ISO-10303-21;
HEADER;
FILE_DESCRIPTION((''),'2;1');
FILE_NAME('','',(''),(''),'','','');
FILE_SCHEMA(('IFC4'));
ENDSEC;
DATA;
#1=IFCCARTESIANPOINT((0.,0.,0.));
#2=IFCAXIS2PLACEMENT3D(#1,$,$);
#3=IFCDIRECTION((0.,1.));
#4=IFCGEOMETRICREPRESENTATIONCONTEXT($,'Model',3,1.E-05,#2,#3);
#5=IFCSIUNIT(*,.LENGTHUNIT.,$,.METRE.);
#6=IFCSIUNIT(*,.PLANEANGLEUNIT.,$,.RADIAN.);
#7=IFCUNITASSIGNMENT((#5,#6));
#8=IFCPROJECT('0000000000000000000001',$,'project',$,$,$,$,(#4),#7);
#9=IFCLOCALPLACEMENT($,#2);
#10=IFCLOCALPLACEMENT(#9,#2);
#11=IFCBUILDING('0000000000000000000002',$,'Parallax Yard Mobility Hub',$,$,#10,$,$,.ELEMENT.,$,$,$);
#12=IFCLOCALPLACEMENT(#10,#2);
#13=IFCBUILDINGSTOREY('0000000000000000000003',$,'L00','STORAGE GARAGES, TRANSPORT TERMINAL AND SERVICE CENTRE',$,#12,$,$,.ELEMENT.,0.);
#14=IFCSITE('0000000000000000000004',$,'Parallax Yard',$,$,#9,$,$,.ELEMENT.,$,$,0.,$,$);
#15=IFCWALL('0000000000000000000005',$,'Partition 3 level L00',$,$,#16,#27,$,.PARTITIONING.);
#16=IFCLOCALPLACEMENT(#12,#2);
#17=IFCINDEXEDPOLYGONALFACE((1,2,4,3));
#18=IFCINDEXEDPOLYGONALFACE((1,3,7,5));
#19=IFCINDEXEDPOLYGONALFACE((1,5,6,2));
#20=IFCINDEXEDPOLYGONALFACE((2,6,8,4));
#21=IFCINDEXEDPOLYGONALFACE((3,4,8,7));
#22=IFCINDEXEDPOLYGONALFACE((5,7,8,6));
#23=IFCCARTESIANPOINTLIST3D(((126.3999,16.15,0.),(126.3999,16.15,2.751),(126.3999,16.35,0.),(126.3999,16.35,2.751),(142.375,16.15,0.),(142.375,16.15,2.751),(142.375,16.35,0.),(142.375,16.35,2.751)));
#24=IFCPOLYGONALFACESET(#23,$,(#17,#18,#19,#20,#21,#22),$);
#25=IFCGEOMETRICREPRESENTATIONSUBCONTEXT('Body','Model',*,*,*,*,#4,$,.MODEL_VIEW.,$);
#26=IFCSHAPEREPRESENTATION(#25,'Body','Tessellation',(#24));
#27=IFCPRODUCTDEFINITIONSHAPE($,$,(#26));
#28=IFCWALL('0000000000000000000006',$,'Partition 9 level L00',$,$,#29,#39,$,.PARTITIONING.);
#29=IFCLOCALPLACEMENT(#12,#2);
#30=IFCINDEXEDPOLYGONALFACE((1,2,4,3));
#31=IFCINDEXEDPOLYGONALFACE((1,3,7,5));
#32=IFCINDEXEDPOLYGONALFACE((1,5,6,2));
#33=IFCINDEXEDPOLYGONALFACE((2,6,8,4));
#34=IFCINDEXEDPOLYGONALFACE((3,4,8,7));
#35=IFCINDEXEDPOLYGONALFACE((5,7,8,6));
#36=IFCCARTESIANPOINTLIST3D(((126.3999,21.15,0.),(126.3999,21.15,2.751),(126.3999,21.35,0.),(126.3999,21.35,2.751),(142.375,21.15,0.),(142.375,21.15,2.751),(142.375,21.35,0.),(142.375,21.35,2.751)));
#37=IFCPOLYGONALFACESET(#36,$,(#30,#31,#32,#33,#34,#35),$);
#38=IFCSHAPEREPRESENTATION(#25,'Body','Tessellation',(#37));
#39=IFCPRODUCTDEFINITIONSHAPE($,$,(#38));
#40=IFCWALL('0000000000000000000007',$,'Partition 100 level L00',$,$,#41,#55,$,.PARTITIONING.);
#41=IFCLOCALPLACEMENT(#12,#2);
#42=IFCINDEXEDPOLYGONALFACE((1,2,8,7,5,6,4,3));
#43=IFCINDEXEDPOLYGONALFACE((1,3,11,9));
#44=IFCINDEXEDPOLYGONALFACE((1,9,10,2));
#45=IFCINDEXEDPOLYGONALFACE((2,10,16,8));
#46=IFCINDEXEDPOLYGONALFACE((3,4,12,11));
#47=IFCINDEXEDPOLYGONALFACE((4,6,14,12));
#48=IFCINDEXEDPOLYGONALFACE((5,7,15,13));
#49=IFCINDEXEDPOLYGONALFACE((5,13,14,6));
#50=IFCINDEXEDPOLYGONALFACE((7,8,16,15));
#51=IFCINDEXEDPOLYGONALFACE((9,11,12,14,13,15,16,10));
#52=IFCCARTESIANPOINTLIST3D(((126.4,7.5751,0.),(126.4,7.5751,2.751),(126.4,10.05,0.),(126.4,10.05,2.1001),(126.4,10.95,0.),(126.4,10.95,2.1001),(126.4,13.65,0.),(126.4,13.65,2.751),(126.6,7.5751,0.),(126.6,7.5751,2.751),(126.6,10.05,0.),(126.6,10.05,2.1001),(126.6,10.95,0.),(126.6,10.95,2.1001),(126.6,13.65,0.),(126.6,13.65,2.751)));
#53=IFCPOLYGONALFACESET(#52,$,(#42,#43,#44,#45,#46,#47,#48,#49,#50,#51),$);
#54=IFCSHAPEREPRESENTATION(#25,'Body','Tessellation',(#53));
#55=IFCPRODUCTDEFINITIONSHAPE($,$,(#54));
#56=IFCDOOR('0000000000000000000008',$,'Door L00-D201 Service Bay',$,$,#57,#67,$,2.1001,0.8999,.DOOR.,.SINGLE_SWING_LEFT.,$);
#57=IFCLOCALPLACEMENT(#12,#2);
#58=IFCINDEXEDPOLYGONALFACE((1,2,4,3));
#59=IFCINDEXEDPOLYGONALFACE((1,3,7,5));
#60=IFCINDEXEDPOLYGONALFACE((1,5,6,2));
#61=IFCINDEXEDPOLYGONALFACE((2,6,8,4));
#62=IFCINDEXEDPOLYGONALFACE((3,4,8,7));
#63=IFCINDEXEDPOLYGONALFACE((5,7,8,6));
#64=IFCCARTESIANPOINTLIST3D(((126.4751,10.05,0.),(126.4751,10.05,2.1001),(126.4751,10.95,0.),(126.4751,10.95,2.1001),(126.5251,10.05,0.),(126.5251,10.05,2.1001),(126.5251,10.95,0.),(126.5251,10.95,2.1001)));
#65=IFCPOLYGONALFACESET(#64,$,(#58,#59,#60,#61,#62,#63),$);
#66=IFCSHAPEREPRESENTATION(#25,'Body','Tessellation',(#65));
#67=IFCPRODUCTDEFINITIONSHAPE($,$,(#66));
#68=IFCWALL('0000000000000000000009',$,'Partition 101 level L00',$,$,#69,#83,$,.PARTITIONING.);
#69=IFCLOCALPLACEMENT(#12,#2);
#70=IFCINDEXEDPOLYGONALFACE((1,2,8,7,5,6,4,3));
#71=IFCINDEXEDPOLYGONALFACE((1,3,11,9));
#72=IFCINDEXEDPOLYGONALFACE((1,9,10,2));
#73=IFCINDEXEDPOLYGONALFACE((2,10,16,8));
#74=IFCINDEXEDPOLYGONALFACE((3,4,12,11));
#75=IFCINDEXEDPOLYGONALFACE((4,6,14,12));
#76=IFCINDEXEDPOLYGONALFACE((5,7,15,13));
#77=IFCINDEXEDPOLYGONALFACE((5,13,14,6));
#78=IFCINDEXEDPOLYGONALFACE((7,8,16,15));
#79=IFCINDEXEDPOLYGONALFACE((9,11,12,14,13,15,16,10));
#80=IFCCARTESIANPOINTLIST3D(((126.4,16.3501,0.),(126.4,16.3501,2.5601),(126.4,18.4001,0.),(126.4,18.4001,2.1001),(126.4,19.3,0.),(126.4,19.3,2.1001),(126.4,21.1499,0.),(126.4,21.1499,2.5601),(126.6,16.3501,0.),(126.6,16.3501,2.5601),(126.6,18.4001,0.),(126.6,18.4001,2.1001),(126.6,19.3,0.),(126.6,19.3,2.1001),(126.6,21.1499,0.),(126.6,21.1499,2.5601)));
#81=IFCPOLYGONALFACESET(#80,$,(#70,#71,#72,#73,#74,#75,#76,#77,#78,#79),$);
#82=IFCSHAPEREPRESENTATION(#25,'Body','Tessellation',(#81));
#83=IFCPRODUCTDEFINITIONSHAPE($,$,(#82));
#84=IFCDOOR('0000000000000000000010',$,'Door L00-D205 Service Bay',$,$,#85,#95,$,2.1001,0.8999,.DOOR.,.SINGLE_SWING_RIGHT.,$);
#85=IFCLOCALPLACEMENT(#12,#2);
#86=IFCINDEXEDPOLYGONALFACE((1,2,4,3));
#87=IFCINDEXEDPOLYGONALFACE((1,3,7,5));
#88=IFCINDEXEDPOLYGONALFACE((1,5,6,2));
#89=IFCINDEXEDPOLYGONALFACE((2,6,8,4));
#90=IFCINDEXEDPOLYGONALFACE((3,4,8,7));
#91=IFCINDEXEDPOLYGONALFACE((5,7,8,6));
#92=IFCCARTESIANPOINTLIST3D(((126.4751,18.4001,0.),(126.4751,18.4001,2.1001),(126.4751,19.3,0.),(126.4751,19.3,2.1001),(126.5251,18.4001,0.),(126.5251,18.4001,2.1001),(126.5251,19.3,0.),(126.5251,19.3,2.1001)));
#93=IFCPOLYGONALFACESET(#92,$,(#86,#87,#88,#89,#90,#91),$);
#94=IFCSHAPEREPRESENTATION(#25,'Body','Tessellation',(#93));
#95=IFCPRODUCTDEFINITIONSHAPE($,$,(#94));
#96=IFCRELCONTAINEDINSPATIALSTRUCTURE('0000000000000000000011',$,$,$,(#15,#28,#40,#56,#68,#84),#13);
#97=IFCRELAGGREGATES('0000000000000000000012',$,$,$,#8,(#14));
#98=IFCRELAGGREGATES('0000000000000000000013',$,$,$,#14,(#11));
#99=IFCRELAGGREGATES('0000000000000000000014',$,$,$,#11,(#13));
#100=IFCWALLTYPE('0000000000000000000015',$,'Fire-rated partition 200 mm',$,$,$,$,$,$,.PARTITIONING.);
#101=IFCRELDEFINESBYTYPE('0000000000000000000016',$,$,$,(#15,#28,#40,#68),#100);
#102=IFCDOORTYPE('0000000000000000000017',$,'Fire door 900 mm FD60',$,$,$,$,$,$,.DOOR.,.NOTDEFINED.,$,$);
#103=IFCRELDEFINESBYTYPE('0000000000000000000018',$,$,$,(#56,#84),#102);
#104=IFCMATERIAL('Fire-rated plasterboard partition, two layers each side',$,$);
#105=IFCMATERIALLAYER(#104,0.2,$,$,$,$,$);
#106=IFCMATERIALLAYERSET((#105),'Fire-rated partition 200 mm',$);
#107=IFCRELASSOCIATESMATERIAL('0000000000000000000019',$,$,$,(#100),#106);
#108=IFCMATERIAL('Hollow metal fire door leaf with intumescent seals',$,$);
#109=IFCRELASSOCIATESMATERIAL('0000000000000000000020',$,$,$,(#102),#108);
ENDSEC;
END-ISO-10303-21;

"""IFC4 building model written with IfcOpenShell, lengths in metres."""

from ifc_helpers import new_model, si_unit, direction, frame, frame_2d, origin, place, context, subcontext, project, spatial, rectangle, extrude, material, layer, layer_set, type_object, element, fill, save


model = new_model("IFC4")

# Units and contexts
model_context = context("Model", 3, precision=1e-05, world=origin(), true_north=direction((0.0, 1.0)))
body_context = subcontext(model_context, "Body", "Model", "MODEL_VIEW")
ifc_project = project(units=[si_unit("LENGTHUNIT", "METRE"), si_unit("PLANEANGLEUNIT", "RADIAN")], contexts=[model_context])

# Site, building, storey
site_placement = place(None, origin())
site = spatial("IfcSite", under=ifc_project, at=site_placement, Name="Parallax Yard", CompositionType="ELEMENT", RefElevation=0.0)
building_placement = place(site_placement, origin())
building = spatial("IfcBuilding", under=site, at=building_placement, Name="Parallax Yard Mobility Hub", CompositionType="ELEMENT")
storey_placement = place(building_placement, origin())
storey = spatial("IfcBuildingStorey", under=building, at=storey_placement, Name="L00", Description="STORAGE GARAGES, TRANSPORT TERMINAL AND SERVICE CENTRE", CompositionType="ELEMENT", Elevation=0.0)

# Walls
ifc_material_1 = material(Name="Fire-rated plasterboard partition, two layers each side")
ifc_layer_1 = layer(ifc_material_1, 0.2)
ifc_layer_set_1 = layer_set([ifc_layer_1], Name="Fire-rated partition 200 mm")
wall_type = type_object("IfcWallType", Name="Fire-rated partition 200 mm", PredefinedType="PARTITIONING", material=ifc_layer_set_1)
for number, where, z_axis, x_axis, name in (
    (1, (126.3999, 16.25, 0.0), (0.0, 0.0, 1.0), (1.0, 0.0, 0.0), "Partition 3 level L00"),
    (2, (126.3999, 21.25, 0.0), (0.0, 0.0, 1.0), (1.0, 0.0, 0.0), "Partition 9 level L00"),
):
    element("IfcWall", number, at=place(storey_placement, frame(where, z_axis=z_axis, x_axis=x_axis)), inside=storey, type_object=wall_type, Name=name, PredefinedType="PARTITIONING", context=body_context, shape_type="SweptSolid", body=[
        extrude(rectangle(XDim=15.9751, YDim=0.2, at=frame_2d((7.9875, 0.0))), origin(), (0.0, 0.0, 1.0), 2.751),
    ])

# Walls, openings, doors
wall_1_placement = place(storey_placement, frame((126.5, 7.575, 0.0), z_axis=(0.0, 0.0, 1.0), x_axis=(0.0, 1.0, 0.0)))
wall_1 = element("IfcWall", 3, at=wall_1_placement, inside=storey, type_object=wall_type, Name="Partition 100 level L00", PredefinedType="PARTITIONING", context=body_context, shape_type="SweptSolid", body=[
    extrude(rectangle(XDim=6.075, YDim=0.2, at=frame_2d((3.0376, 0.0))), origin(), (0.0, 0.0, 1.0), 2.751),
])
opening_1_placement = place(wall_1_placement, frame((2.4751, 0.0, 0.0)))
opening_1 = element("IfcOpeningElement", 4, at=opening_1_placement, cuts=wall_1, PredefinedType="OPENING", context=body_context, shape_type="SweptSolid", body=[
    extrude(rectangle(XDim=0.8999, YDim=2.1001, at=frame_2d((0.45, 1.05))), frame((0.0, 0.1099, 0.0), z_axis=(0.0, -1.0, 0.0), x_axis=(1.0, 0.0, 0.0)), (0.0, 0.0, 1.0), 0.22),
])
ifc_material_2 = material(Name="Hollow metal fire door leaf with intumescent seals")
door_type = type_object("IfcDoorType", Name="Fire door 900 mm FD60", OperationType="NOTDEFINED", PredefinedType="DOOR", material=ifc_material_2)
door_1_placement = place(opening_1_placement, origin())
door_1 = element("IfcDoor", 5, at=door_1_placement, inside=storey, type_object=door_type, Name="Door L00-D201 Service Bay", OperationType="SINGLE_SWING_LEFT", OverallHeight=2.1001, OverallWidth=0.8999, PredefinedType="DOOR", context=body_context, shape_type="SweptSolid", body=[
    extrude(rectangle(XDim=0.8999, YDim=2.1001, at=frame_2d((0.45, 1.05))), frame((0.0, 0.0249, 0.0), z_axis=(0.0, -1.0, 0.0), x_axis=(1.0, 0.0, 0.0)), (0.0, 0.0, 1.0), 0.05),
])
fill(opening_1, door_1)
wall_2_placement = place(storey_placement, frame((126.5, 16.3501, 0.0), z_axis=(0.0, 0.0, 1.0), x_axis=(0.0, 1.0, 0.0)))
wall_2 = element("IfcWall", 6, at=wall_2_placement, inside=storey, type_object=wall_type, Name="Partition 101 level L00", PredefinedType="PARTITIONING", context=body_context, shape_type="SweptSolid", body=[
    extrude(rectangle(XDim=4.7998, YDim=0.2, at=frame_2d((2.3999, 0.0))), origin(), (0.0, 0.0, 1.0), 2.5601),
])
opening_2_placement = place(wall_2_placement, frame((2.05, 0.0, 0.0)))
opening_2 = element("IfcOpeningElement", 7, at=opening_2_placement, cuts=wall_2, PredefinedType="OPENING", context=body_context, shape_type="SweptSolid", body=[
    extrude(rectangle(XDim=0.8999, YDim=2.1001, at=frame_2d((0.45, 1.05))), frame((0.0, 0.1099, 0.0), z_axis=(0.0, -1.0, 0.0), x_axis=(1.0, 0.0, 0.0)), (0.0, 0.0, 1.0), 0.22),
])
door_2_placement = place(opening_2_placement, origin())
door_2 = element("IfcDoor", 8, at=door_2_placement, inside=storey, type_object=door_type, Name="Door L00-D205 Service Bay", OperationType="SINGLE_SWING_RIGHT", OverallHeight=2.1001, OverallWidth=0.8999, PredefinedType="DOOR", context=body_context, shape_type="SweptSolid", body=[
    extrude(rectangle(XDim=0.8999, YDim=2.1001, at=frame_2d((0.45, 1.05))), frame((0.0, 0.0249, 0.0), z_axis=(0.0, -1.0, 0.0), x_axis=(1.0, 0.0, 0.0)), (0.0, 0.0, 1.0), 0.05),
])
fill(opening_2, door_2)

save(model, "model.ifc")
